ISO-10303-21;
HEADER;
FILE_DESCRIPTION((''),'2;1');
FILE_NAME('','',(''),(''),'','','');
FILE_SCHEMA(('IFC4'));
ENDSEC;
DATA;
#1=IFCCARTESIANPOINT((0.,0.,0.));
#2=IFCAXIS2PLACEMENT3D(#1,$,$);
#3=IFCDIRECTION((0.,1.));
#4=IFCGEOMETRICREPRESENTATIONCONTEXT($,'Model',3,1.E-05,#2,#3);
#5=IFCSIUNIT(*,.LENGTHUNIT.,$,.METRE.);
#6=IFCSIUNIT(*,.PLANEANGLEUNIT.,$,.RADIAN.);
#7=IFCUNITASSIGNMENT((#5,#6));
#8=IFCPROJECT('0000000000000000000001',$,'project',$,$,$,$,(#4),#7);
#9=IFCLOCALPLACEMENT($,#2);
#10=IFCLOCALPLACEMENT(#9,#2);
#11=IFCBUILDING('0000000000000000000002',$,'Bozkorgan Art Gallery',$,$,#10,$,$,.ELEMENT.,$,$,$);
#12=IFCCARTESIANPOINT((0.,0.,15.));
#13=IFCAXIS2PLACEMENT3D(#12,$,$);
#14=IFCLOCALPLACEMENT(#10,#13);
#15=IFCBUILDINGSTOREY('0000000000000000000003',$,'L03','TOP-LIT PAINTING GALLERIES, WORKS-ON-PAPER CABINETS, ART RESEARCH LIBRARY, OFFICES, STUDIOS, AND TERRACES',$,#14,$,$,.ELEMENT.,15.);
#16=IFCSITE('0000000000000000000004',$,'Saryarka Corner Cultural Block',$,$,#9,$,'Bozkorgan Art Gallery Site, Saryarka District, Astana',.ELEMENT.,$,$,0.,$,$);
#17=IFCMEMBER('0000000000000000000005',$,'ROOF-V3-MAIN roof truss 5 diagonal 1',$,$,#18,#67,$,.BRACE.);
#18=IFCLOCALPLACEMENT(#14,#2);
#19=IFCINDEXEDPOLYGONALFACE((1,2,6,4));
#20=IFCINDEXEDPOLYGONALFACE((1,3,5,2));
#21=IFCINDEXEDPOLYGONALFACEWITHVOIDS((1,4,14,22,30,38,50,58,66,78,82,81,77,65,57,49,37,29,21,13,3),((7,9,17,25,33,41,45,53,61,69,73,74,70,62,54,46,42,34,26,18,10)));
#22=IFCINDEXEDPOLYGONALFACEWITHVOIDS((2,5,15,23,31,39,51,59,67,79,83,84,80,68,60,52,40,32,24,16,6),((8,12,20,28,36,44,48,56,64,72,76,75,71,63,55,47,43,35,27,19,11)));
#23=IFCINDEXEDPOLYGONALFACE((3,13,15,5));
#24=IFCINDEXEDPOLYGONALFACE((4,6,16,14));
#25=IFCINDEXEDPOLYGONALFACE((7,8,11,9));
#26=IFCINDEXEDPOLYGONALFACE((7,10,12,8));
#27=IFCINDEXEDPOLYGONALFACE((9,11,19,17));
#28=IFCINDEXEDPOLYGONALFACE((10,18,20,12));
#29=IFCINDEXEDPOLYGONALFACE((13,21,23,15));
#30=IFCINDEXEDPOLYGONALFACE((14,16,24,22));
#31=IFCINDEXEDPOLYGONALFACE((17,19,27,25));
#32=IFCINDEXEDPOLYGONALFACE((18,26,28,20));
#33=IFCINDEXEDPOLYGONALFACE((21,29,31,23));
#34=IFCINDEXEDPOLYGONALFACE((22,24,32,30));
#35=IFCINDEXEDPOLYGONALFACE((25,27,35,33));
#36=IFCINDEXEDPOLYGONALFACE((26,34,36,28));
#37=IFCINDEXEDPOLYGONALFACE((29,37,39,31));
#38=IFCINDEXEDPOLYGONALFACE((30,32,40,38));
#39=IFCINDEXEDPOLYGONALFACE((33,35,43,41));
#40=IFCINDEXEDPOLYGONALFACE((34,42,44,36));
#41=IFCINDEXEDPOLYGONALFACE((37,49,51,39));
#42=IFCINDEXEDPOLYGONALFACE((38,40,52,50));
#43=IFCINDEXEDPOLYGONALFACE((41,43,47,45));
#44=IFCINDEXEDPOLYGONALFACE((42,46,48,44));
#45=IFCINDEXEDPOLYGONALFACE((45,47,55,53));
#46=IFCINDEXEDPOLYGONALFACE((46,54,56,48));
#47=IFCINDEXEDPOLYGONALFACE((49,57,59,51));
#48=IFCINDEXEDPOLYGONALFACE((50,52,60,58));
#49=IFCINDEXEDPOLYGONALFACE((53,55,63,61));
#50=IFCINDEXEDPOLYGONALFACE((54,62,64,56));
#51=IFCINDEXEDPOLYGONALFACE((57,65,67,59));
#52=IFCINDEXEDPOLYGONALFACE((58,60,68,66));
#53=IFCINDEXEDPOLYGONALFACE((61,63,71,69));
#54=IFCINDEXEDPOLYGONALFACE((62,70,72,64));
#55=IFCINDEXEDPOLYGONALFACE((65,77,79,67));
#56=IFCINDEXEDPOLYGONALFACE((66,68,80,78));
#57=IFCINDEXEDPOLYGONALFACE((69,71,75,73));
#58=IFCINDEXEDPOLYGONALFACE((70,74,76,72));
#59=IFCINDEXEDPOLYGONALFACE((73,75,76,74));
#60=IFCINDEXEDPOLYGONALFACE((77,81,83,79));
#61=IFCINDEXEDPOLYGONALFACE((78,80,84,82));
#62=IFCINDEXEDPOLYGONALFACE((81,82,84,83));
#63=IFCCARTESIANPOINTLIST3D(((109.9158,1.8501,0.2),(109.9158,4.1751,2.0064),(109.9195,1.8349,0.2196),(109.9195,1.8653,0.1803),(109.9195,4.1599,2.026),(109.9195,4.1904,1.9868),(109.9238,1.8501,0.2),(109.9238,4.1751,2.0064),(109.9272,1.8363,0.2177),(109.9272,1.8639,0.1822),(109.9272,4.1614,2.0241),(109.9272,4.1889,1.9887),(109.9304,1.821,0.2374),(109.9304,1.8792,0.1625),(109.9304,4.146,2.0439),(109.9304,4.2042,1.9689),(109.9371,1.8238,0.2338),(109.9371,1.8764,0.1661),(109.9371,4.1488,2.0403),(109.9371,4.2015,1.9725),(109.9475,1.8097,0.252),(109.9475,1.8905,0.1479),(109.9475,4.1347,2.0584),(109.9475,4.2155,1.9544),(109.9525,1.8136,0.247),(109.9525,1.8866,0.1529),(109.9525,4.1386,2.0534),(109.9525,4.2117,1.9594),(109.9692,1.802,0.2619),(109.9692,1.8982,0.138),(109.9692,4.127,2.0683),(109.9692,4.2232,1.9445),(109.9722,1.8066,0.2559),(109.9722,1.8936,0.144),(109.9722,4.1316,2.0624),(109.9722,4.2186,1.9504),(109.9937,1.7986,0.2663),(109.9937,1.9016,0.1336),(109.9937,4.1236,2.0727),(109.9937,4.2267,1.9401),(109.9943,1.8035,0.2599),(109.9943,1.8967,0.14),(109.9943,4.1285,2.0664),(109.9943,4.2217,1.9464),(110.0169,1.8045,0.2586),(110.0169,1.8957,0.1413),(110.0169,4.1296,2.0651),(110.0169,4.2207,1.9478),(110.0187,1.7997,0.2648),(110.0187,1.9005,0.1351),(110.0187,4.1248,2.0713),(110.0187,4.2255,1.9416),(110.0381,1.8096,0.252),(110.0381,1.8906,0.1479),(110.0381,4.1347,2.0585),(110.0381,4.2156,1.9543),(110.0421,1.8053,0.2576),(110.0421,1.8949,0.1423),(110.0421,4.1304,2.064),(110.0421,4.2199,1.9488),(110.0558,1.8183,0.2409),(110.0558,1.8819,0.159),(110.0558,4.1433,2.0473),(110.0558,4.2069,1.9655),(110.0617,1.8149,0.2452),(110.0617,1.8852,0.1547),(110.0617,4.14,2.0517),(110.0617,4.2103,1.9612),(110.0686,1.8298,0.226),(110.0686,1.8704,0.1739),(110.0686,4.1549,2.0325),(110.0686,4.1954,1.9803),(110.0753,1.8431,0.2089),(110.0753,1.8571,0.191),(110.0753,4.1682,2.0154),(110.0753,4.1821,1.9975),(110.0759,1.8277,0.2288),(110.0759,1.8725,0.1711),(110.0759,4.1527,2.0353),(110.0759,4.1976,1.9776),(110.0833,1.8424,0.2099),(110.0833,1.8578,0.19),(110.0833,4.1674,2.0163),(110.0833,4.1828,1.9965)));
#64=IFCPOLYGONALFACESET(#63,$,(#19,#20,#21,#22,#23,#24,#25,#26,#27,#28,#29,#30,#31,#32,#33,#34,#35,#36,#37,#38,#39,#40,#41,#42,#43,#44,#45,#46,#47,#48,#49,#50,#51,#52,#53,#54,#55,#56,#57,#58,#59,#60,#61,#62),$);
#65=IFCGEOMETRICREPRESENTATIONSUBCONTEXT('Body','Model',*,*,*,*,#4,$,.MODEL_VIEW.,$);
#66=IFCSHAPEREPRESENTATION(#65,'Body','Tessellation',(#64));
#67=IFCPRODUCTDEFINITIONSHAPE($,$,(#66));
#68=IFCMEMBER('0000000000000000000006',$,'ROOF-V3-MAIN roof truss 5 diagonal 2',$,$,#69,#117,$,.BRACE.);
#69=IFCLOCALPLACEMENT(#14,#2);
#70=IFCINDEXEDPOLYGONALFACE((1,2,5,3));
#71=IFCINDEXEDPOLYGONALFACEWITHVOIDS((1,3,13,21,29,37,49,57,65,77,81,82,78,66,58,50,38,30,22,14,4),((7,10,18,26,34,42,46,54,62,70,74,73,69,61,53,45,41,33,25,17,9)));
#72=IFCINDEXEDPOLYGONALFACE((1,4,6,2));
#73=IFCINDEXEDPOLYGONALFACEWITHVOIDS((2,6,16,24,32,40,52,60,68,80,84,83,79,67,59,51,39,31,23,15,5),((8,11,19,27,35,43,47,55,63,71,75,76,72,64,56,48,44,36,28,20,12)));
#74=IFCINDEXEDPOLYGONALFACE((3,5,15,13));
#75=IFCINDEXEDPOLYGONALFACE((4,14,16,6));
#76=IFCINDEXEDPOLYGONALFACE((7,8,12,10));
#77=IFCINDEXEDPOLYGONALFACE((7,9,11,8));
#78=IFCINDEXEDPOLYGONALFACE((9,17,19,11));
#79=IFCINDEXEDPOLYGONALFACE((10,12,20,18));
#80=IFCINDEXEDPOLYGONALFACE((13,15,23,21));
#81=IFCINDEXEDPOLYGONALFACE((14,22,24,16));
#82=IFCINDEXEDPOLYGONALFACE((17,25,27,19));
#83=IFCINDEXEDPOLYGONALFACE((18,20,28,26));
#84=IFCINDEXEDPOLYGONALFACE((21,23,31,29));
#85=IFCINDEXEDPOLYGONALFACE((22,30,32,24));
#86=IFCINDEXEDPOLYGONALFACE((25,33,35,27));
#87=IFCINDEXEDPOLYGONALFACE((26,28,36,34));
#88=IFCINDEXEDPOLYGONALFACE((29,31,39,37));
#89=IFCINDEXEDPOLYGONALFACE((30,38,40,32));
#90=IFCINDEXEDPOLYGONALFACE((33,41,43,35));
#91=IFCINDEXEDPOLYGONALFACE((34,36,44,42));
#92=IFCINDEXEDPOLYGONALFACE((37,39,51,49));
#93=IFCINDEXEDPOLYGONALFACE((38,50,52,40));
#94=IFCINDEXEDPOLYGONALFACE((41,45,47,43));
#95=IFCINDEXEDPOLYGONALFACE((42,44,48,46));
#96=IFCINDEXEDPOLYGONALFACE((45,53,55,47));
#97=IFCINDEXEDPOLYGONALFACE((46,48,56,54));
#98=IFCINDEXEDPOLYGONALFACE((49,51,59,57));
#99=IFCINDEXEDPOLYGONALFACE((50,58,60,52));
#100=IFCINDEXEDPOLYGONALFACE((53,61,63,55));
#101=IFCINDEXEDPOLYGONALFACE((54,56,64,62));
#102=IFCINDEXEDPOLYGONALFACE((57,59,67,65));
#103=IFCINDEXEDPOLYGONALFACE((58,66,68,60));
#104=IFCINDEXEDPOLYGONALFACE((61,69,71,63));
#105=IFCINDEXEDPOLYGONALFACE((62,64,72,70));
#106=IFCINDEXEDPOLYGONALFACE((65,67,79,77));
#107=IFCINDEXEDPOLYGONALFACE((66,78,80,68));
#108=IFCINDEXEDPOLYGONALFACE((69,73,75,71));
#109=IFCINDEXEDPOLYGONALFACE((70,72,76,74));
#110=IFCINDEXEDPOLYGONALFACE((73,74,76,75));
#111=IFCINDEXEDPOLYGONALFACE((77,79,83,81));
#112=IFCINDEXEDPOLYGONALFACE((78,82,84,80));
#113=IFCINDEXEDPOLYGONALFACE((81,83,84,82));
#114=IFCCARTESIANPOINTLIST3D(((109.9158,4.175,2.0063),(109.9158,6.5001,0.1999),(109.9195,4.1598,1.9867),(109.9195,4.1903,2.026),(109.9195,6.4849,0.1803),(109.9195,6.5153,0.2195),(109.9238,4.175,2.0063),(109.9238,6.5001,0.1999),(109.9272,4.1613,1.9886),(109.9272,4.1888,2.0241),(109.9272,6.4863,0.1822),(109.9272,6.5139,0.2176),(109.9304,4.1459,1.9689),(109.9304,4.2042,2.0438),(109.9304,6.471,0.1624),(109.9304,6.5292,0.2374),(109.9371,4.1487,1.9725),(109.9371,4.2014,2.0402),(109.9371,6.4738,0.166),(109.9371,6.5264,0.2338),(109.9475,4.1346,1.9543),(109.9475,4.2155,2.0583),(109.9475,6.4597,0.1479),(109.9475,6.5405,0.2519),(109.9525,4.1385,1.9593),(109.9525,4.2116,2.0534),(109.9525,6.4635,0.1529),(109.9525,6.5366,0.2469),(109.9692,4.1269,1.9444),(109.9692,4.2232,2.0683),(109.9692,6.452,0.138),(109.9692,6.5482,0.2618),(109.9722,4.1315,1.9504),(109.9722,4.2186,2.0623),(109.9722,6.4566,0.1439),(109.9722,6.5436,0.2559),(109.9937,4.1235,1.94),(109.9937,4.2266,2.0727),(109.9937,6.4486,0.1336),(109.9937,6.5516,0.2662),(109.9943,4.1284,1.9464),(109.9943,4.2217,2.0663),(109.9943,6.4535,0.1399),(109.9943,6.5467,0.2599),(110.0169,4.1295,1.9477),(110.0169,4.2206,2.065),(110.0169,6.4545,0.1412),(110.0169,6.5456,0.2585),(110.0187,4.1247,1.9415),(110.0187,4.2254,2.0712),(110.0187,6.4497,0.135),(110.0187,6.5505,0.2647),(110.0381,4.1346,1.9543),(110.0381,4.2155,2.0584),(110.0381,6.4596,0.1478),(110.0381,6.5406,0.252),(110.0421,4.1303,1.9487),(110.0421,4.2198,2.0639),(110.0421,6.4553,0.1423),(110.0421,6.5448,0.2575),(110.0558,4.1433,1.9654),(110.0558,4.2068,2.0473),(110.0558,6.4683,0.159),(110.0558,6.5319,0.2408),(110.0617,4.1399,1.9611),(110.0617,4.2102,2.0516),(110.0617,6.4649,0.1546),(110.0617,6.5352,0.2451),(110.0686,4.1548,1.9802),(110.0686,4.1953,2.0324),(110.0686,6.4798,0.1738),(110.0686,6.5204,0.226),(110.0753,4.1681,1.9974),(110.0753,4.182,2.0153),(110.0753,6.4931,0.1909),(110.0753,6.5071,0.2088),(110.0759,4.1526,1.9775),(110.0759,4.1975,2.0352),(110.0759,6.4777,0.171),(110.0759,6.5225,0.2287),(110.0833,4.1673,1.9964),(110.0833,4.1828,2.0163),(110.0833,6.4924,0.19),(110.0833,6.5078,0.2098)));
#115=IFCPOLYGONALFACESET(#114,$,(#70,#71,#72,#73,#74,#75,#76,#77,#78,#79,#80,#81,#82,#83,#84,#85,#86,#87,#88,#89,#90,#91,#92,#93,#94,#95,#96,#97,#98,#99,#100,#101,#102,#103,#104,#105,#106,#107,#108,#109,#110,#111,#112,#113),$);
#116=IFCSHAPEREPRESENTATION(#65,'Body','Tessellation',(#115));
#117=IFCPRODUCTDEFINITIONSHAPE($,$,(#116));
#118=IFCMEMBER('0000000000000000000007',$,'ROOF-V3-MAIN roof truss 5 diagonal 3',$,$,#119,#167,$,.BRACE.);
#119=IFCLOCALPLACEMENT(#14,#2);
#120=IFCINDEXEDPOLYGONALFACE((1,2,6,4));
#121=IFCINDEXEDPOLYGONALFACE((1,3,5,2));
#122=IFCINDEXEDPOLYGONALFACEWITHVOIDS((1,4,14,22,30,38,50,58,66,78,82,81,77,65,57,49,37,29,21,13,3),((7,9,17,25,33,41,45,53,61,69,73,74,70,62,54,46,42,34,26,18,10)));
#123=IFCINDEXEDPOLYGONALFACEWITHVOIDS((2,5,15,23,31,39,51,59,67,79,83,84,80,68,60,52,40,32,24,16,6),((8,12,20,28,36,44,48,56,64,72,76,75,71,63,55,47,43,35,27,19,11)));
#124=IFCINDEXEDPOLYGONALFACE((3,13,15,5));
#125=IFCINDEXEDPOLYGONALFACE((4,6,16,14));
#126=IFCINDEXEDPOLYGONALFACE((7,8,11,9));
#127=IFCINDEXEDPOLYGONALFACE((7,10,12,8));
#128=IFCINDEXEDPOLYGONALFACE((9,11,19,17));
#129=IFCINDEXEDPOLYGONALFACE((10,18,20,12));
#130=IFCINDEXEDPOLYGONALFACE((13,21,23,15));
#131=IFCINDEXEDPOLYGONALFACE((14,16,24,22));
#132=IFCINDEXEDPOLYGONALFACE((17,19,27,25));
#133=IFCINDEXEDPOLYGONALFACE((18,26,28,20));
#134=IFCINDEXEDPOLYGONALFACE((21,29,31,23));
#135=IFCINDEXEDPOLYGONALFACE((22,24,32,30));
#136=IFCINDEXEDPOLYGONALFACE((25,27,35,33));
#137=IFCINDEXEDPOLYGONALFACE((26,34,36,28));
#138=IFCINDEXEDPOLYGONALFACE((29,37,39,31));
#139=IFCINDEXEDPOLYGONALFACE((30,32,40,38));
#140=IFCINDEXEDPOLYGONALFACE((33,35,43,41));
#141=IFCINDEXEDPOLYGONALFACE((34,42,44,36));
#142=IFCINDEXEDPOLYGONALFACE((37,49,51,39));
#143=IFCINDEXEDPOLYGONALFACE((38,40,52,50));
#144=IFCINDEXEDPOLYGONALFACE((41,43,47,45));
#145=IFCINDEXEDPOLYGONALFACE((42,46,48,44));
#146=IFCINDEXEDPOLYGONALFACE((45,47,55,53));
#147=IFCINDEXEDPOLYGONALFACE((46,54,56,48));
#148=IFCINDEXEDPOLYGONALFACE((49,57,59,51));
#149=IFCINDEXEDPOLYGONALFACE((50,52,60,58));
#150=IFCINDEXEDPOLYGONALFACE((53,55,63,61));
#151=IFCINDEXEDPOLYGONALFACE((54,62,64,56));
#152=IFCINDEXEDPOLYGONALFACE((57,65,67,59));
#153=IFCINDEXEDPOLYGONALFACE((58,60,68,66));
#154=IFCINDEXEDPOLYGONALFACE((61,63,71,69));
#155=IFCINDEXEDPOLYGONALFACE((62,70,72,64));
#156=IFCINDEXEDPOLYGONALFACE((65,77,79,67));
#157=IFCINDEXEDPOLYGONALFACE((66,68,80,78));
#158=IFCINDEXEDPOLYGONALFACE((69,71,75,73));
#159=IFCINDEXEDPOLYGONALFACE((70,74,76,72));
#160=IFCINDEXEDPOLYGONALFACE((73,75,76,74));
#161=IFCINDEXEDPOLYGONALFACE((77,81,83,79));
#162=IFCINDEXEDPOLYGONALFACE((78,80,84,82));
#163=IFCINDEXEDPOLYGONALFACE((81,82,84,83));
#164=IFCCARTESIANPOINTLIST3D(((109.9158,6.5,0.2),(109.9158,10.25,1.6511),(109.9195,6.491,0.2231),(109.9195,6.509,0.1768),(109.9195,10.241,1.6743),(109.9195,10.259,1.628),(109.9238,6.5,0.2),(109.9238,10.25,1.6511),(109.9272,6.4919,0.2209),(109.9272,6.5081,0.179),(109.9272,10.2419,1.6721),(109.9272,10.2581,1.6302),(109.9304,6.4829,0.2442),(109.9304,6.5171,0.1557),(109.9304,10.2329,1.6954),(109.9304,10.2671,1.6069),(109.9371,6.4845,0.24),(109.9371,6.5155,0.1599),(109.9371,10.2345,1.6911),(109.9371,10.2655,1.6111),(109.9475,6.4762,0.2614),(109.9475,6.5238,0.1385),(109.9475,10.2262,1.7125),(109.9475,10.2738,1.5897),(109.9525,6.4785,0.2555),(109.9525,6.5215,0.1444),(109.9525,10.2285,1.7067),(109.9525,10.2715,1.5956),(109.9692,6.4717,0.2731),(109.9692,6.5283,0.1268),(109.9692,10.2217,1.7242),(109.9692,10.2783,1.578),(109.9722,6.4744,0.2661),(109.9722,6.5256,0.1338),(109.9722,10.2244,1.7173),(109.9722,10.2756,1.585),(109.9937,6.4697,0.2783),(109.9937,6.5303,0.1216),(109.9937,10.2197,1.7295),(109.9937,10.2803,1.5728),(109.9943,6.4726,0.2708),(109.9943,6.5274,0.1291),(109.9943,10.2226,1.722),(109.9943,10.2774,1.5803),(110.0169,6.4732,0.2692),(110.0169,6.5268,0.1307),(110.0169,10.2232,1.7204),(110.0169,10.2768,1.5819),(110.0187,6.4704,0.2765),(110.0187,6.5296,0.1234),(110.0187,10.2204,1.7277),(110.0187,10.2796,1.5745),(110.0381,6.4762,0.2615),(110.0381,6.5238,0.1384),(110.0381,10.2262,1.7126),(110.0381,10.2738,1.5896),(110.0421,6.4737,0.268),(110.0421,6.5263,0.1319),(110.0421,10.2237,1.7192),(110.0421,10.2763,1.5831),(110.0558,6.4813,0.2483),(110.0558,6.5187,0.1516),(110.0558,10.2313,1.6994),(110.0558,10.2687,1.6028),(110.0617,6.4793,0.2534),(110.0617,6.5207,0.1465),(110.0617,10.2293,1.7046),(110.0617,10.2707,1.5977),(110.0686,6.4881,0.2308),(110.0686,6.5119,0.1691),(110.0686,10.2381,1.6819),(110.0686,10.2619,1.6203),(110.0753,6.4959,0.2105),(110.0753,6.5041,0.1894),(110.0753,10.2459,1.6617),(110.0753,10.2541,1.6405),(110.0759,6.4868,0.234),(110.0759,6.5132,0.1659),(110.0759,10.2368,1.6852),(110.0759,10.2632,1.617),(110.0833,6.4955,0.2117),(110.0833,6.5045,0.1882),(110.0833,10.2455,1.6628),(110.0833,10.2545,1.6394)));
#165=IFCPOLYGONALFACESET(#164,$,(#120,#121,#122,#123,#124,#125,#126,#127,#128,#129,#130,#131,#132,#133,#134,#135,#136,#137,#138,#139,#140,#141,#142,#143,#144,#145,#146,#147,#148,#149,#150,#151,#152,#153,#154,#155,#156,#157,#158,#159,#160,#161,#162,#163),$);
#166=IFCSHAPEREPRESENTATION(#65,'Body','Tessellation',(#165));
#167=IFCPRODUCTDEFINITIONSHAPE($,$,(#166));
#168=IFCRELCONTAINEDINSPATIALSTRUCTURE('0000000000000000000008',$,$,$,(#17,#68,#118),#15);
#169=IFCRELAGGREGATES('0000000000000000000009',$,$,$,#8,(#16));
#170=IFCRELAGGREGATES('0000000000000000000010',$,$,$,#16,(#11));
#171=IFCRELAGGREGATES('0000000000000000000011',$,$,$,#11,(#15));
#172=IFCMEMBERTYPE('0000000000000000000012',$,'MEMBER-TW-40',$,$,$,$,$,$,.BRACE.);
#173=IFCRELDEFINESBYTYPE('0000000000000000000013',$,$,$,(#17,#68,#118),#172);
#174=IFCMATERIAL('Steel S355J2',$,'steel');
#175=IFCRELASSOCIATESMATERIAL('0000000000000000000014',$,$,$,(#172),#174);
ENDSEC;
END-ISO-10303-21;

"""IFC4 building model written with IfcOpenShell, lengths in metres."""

from ifc_helpers import new_model, si_unit, direction, frame, origin, origin_2d, place, context, subcontext, project, spatial, hollow_circle, extrude, material, material_profile, profile_set, type_object, element, save


model = new_model("IFC4")

# Units and contexts
model_context = context("Model", 3, precision=1e-05, world=origin(), true_north=direction((0.0, 1.0)))
body_context = subcontext(model_context, "Body", "Model", "MODEL_VIEW")
ifc_project = project(units=[si_unit("LENGTHUNIT", "METRE"), si_unit("PLANEANGLEUNIT", "RADIAN")], contexts=[model_context])

# Site, building, storey
site_placement = place(None, origin())
site = spatial("IfcSite", under=ifc_project, at=site_placement, Name="Saryarka Corner Cultural Block", LongName="Bozkorgan Art Gallery Site, Saryarka District, Astana", CompositionType="ELEMENT", RefElevation=0.0)
building_placement = place(site_placement, origin())
building = spatial("IfcBuilding", under=site, at=building_placement, Name="Bozkorgan Art Gallery", CompositionType="ELEMENT")
storey_placement = place(building_placement, frame((0.0, 0.0, 15.0)))
storey = spatial("IfcBuildingStorey", under=building, at=storey_placement, Name="L03", Description="TOP-LIT PAINTING GALLERIES, WORKS-ON-PAPER CABINETS, ART RESEARCH LIBRARY, OFFICES, STUDIOS, AND TERRACES", CompositionType="ELEMENT", Elevation=15.0)

# Shared definitions
ifc_material_1 = material(Name="Steel S355J2", Category="steel")

# Members
ifc_material_profile_1 = material_profile(ifc_material_1, hollow_circle(Radius=0.0842, WallThickness=0.0081, at=origin_2d()), Name="CHS 168.3x8")
ifc_profile_set_1 = profile_set([ifc_material_profile_1], Name="Steel S355J2")
member_type_1 = type_object("IfcMemberType", Name="MEMBER-TW-40", PredefinedType="BRACE", material=ifc_profile_set_1)
for number, where, z_axis, x_axis, name in (
    (1, (110.0, 1.8501, 0.2), (0.0, 0.789665, 0.613539), (-1.0, 0.0, 0.0), "ROOF-V3-MAIN roof truss 5 diagonal 1"),
    (2, (110.0, 4.175, 2.0063), (0.0, 0.789665, -0.613539), (-1.0, 0.0, 0.0), "ROOF-V3-MAIN roof truss 5 diagonal 2"),
):
    element("IfcMember", number, at=place(storey_placement, frame(where, z_axis=z_axis, x_axis=x_axis)), inside=storey, type_object=member_type_1, Name=name, PredefinedType="BRACE", context=body_context, shape_type="SweptSolid", body=[
        extrude(hollow_circle(Radius=0.0842, WallThickness=0.0081, at=origin_2d()), origin(), (0.0, 0.0, 1.0), 2.9443),
    ])
member_1_placement = place(storey_placement, frame((110.0, 6.5, 0.2), z_axis=(0.0, 0.932605, 0.360899), x_axis=(-1.0, 0.0, 0.0)))
element("IfcMember", 3, at=member_1_placement, inside=storey, type_object=member_type_1, Name="ROOF-V3-MAIN roof truss 5 diagonal 3", PredefinedType="BRACE", context=body_context, shape_type="SweptSolid", body=[
    extrude(hollow_circle(Radius=0.0842, WallThickness=0.0081, at=origin_2d()), origin(), (0.0, 0.0, 1.0), 4.021),
])

save(model, "model.ifc")
